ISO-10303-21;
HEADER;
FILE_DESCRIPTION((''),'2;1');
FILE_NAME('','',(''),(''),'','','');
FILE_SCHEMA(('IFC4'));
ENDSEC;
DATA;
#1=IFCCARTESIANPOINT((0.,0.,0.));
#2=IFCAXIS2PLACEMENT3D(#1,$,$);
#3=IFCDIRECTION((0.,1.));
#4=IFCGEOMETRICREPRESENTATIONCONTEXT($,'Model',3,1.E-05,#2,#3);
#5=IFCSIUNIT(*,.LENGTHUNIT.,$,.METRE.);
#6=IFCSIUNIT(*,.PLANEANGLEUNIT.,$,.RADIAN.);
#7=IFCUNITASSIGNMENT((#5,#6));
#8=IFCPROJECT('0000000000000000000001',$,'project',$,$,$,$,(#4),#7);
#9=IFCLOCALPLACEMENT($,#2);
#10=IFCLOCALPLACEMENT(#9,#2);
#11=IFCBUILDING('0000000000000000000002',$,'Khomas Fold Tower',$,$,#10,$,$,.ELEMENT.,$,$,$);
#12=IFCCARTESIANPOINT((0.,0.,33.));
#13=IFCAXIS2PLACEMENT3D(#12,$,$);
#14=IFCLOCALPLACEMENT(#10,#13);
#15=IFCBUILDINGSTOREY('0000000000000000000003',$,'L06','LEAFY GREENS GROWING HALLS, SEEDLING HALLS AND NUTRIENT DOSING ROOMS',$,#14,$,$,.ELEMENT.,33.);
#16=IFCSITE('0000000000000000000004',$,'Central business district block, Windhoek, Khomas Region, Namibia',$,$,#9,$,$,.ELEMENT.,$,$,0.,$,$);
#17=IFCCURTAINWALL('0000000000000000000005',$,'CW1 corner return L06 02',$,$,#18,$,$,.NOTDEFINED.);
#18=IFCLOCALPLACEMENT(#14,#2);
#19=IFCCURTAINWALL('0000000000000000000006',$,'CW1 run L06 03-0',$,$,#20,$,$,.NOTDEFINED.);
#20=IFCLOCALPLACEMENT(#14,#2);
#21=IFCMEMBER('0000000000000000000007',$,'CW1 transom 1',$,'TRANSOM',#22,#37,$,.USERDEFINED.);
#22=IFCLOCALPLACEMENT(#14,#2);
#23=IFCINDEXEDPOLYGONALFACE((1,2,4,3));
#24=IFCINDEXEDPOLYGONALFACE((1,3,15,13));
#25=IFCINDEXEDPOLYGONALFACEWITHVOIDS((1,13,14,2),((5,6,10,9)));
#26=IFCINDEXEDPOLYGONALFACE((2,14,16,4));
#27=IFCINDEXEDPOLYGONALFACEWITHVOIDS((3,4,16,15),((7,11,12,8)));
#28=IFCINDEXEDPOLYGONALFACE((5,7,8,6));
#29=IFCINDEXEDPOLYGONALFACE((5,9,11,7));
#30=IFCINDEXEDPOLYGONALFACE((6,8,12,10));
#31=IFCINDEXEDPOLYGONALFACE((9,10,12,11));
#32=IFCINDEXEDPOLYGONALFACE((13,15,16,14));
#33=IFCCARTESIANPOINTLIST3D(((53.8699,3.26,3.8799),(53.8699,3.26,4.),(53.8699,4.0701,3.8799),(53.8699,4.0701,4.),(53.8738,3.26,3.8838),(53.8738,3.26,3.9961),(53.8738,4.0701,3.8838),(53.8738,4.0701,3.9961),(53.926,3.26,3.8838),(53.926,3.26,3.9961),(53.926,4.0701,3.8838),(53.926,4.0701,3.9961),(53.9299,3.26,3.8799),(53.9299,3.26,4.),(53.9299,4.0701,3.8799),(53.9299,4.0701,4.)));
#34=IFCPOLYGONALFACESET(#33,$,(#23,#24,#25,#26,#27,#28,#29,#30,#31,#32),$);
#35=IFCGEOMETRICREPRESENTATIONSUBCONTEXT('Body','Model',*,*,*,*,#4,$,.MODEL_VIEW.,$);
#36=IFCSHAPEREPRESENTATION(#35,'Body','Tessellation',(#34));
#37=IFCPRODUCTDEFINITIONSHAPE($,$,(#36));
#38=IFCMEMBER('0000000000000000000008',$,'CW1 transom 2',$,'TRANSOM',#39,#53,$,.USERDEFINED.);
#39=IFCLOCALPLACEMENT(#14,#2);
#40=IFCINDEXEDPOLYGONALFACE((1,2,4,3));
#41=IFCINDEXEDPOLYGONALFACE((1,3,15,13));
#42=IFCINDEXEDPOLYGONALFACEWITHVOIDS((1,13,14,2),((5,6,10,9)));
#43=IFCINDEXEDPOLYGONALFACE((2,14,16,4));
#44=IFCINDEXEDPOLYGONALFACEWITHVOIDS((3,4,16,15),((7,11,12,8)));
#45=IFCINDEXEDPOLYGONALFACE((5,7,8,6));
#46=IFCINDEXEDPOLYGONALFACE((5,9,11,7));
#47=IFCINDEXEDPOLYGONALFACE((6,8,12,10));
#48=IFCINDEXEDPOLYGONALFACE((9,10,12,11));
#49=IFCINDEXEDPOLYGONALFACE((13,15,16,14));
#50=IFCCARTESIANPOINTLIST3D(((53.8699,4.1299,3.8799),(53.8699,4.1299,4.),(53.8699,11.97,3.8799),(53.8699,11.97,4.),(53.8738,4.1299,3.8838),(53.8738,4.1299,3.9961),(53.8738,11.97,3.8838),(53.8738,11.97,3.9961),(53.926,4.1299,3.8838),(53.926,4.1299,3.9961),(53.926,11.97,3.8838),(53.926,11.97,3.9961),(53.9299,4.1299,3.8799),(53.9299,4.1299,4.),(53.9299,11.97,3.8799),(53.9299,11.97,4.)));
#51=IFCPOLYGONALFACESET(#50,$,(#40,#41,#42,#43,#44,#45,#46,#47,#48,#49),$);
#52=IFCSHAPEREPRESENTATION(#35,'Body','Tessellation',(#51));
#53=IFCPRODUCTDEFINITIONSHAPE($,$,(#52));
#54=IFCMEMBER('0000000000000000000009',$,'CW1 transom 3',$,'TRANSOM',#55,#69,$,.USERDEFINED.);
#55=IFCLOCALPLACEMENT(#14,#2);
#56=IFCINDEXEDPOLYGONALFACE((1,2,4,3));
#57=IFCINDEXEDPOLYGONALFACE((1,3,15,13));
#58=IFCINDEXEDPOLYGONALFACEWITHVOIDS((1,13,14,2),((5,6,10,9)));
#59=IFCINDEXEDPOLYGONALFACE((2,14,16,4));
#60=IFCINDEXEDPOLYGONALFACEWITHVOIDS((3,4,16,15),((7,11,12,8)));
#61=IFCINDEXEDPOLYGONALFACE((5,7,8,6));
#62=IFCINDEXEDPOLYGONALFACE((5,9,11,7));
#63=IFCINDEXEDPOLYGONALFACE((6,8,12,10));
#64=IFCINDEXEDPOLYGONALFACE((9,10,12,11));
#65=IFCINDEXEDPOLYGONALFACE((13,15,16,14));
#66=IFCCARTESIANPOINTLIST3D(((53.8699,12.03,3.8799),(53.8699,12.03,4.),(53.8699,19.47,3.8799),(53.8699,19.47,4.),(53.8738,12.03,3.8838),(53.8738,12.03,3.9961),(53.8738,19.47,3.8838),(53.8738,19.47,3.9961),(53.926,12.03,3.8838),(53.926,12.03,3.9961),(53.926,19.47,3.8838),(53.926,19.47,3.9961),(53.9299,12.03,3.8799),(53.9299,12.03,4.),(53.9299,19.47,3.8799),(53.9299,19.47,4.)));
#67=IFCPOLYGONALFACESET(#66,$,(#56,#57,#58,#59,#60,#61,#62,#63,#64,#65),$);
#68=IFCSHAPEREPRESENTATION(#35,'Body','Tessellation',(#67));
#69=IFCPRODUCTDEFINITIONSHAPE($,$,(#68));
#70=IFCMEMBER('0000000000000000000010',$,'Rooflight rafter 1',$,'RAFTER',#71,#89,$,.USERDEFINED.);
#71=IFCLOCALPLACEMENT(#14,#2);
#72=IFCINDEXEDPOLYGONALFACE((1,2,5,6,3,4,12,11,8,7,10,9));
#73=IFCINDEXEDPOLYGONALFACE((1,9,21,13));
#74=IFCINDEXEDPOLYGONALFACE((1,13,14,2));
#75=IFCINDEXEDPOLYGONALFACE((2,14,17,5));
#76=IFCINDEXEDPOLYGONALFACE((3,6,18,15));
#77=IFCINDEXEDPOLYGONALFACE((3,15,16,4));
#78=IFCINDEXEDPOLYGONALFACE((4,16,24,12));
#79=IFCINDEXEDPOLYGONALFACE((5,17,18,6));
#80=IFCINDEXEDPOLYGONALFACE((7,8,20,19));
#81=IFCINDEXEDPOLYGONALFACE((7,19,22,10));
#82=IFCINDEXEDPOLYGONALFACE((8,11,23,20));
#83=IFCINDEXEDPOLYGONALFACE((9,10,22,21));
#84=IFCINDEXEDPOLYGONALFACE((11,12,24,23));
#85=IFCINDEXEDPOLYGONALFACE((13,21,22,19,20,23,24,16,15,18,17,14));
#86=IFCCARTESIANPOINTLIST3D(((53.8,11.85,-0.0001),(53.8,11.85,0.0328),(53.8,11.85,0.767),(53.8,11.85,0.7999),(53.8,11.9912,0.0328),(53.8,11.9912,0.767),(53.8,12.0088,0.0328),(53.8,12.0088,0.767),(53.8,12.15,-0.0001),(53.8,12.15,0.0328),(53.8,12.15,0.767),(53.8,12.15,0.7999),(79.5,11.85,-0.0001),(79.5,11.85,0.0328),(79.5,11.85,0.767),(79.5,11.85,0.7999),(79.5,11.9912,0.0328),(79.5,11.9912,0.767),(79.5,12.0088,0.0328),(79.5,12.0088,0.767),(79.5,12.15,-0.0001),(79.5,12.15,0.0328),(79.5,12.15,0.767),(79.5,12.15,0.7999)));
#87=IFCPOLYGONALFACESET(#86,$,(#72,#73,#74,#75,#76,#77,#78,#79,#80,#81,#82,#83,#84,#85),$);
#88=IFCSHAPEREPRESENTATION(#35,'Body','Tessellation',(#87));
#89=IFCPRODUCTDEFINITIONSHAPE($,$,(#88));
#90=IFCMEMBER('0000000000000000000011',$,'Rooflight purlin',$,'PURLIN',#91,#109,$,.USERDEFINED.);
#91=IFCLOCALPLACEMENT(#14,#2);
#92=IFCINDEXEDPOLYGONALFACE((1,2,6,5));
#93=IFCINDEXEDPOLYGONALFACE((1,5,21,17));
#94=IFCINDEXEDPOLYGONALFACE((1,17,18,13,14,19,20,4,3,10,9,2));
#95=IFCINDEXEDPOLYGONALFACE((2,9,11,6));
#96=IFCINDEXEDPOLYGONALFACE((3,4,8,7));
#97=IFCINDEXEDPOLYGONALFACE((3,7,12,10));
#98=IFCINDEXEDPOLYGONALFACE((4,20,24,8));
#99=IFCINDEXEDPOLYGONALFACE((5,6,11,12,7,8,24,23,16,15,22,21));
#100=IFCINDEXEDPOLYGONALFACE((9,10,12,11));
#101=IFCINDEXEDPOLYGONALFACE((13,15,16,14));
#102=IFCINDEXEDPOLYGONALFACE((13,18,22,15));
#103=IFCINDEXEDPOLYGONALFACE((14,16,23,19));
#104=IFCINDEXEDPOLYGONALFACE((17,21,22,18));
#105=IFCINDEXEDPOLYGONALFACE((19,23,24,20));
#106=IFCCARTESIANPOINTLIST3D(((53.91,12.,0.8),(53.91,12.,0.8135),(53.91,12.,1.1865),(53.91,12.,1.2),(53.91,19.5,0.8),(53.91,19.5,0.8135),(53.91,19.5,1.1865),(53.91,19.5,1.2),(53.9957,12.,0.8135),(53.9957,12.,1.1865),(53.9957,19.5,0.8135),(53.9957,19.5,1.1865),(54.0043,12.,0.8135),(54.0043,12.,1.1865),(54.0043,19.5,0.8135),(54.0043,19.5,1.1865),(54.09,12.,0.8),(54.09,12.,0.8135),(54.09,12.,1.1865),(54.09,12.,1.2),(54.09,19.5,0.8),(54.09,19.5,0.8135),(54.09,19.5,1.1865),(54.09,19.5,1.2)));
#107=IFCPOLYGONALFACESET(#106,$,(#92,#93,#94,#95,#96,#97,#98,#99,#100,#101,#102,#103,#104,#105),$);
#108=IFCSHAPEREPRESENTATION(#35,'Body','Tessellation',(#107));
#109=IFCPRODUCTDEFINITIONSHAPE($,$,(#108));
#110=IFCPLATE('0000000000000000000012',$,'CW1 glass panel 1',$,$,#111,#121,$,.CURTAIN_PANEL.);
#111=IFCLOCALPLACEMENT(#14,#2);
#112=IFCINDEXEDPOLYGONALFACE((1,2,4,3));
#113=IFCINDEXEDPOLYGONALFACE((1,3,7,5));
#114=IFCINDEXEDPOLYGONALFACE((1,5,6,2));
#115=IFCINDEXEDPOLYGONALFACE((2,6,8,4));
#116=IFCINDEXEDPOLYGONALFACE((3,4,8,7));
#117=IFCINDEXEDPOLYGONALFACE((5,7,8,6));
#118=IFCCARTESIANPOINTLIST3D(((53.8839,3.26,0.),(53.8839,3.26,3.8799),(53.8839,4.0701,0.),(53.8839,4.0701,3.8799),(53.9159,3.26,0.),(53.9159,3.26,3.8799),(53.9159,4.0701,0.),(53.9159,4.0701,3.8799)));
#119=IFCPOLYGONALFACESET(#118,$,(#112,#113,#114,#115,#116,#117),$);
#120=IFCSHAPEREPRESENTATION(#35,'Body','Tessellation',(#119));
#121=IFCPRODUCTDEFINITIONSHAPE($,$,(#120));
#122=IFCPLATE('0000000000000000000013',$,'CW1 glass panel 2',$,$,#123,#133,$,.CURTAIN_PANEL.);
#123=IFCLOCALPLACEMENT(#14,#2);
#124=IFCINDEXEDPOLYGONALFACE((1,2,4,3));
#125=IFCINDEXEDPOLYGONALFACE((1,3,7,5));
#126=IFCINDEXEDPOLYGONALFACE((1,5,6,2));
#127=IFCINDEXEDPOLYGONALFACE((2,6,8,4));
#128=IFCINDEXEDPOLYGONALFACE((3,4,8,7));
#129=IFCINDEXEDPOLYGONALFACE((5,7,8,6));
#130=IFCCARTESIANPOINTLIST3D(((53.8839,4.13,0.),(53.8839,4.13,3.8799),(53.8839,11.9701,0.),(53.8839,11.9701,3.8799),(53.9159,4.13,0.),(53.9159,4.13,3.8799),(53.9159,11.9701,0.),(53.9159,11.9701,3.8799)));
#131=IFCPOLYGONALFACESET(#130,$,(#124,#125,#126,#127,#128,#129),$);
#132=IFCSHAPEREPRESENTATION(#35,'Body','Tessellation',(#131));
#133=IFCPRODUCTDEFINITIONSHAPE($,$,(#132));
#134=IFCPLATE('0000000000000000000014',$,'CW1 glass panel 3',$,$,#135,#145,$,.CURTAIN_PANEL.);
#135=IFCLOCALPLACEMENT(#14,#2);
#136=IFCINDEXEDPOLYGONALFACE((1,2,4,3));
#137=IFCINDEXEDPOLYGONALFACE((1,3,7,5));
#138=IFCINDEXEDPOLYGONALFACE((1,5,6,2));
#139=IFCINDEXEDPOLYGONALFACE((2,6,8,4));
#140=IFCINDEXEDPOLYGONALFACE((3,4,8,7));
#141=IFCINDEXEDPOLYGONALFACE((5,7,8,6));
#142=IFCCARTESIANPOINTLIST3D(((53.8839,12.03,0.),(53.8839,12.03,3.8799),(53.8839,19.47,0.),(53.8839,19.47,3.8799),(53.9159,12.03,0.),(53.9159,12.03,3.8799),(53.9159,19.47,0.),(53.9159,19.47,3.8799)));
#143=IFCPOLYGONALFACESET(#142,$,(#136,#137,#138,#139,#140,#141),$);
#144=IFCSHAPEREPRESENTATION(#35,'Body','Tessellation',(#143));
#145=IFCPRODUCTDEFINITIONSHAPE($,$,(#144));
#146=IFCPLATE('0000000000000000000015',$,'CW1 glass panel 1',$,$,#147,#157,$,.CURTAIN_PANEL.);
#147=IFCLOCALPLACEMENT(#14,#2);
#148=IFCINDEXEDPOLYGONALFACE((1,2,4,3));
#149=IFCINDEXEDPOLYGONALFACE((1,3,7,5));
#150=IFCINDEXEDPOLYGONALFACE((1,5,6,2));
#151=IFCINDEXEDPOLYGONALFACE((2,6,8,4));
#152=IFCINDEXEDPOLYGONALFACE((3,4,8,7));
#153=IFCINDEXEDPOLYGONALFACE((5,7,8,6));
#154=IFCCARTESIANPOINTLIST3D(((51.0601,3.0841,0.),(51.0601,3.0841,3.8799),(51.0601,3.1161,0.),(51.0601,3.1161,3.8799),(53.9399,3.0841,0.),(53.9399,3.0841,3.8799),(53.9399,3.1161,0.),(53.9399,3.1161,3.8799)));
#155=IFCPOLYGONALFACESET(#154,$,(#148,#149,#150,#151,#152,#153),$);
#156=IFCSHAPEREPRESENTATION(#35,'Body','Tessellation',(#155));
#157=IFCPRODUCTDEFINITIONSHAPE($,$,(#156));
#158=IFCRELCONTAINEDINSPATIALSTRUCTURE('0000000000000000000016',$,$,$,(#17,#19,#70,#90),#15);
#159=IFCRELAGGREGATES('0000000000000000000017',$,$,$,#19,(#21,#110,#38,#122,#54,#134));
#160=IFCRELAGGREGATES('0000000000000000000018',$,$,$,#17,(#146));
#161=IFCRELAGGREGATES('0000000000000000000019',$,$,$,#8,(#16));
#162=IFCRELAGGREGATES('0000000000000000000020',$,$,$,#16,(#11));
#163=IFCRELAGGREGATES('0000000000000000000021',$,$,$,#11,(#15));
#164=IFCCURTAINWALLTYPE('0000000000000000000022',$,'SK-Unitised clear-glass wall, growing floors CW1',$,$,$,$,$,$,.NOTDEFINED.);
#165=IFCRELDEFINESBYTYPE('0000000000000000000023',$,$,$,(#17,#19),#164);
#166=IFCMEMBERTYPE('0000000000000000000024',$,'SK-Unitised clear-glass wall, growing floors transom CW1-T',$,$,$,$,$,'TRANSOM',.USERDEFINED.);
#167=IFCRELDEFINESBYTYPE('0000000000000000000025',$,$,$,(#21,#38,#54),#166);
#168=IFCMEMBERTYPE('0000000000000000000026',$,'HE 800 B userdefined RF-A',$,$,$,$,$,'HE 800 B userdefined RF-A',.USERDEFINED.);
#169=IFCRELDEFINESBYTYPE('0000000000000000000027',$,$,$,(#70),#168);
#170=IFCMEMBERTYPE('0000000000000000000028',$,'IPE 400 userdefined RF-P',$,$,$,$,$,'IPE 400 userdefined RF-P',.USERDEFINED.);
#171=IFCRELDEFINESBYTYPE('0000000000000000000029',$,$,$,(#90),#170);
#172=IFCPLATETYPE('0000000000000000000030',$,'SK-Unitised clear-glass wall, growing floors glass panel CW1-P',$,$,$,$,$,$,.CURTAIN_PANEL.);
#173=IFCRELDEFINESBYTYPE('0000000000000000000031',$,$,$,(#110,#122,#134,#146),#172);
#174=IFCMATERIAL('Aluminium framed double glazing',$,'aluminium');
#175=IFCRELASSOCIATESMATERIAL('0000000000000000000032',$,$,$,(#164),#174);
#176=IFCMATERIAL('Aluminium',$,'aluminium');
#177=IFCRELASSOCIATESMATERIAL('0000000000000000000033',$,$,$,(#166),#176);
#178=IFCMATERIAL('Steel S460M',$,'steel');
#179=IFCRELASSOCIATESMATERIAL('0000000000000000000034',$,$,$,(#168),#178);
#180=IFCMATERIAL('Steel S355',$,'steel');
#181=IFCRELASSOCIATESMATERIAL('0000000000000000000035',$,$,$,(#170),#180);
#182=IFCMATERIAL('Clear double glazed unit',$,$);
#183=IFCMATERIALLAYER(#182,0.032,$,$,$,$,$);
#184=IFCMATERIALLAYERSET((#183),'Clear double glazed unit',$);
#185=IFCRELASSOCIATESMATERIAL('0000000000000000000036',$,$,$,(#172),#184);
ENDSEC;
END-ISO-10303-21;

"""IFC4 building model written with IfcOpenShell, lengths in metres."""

from ifc_helpers import new_model, si_unit, direction, frame, origin, origin_2d, place, context, subcontext, project, spatial, rectangle, hollow_rectangle, i_section, extrude, source, transform, mapped, material, layer, layer_set, material_profile, profile_set, type_object, element, aggregate, save


model = new_model("IFC4")

# Units and contexts
model_context = context("Model", 3, precision=1e-05, world=origin(), true_north=direction((0.0, 1.0)))
body_context = subcontext(model_context, "Body", "Model", "MODEL_VIEW")
ifc_project = project(units=[si_unit("LENGTHUNIT", "METRE"), si_unit("PLANEANGLEUNIT", "RADIAN")], contexts=[model_context])

# Site, building, storey
site_placement = place(None, origin())
site = spatial("IfcSite", under=ifc_project, at=site_placement, Name="Central business district block, Windhoek, Khomas Region, Namibia", CompositionType="ELEMENT", RefElevation=0.0)
building_placement = place(site_placement, origin())
building = spatial("IfcBuilding", under=site, at=building_placement, Name="Khomas Fold Tower", CompositionType="ELEMENT")
storey_placement = place(building_placement, frame((0.0, 0.0, 33.0)))
storey = spatial("IfcBuildingStorey", under=building, at=storey_placement, Name="L06", Description="LEAFY GREENS GROWING HALLS, SEEDLING HALLS AND NUTRIENT DOSING ROOMS", CompositionType="ELEMENT", Elevation=33.0)

# Curtain wall
ifc_material_1 = material(Name="Aluminium framed double glazing", Category="aluminium")
curtain_wall_type = type_object("IfcCurtainWallType", Name="SK-Unitised clear-glass wall, growing floors CW1", PredefinedType="NOTDEFINED", material=ifc_material_1)
curtain_wall_1_placement = place(storey_placement, origin())
curtain_wall_1 = element("IfcCurtainWall", 1, at=curtain_wall_1_placement, inside=storey, type_object=curtain_wall_type, Name="CW1 corner return L06 02", PredefinedType="NOTDEFINED")

# Curtain wall, members
curtain_wall_2_placement = place(storey_placement, origin())
curtain_wall_2 = element("IfcCurtainWall", 2, at=curtain_wall_2_placement, inside=storey, type_object=curtain_wall_type, Name="CW1 run L06 03-0", PredefinedType="NOTDEFINED")
ifc_material_2 = material(Name="Aluminium", Category="aluminium")
ifc_material_profile_1 = material_profile(ifc_material_2, hollow_rectangle(XDim=0.0601, YDim=0.1201, WallThickness=0.0039, at=origin_2d()), Name="SK-Unitised clear-glass wall, growing floors transom CW1-T")
ifc_profile_set_1 = profile_set([ifc_material_profile_1], Name="Aluminium")
member_type_1 = type_object("IfcMemberType", Name="SK-Unitised clear-glass wall, growing floors transom CW1-T", ElementType="TRANSOM", PredefinedType="USERDEFINED", material=ifc_profile_set_1)
shared_shape_1 = source(origin(), body_context, "Body", "SweptSolid", [
    extrude(hollow_rectangle(XDim=0.0601, YDim=0.1201, WallThickness=0.0039, at=origin_2d()), origin(), (0.0, 0.0, 1.0), 0.8101),
])
member_1_placement = place(storey_placement, frame((53.8999, 3.26, 3.9399), z_axis=(0.0, 1.0, 0.0), x_axis=(-1.0, 0.0, 0.0)))
member_1 = element("IfcMember", 3, at=member_1_placement, type_object=member_type_1, Name="CW1 transom 1", ObjectType="TRANSOM", PredefinedType="USERDEFINED", context=body_context, shape_type="MappedRepresentation", body=[
    mapped(shared_shape_1, transform((0.0, 0.0, 0.0))),
])
shared_shape_2 = source(origin(), body_context, "Body", "SweptSolid", [
    extrude(hollow_rectangle(XDim=0.0601, YDim=0.1201, WallThickness=0.0039, at=origin_2d()), origin(), (0.0, 0.0, 1.0), 7.8401),
])
member_2_placement = place(storey_placement, frame((53.8999, 4.1299, 3.9399), z_axis=(0.0, 1.0, 0.0), x_axis=(-1.0, 0.0, 0.0)))
member_2 = element("IfcMember", 4, at=member_2_placement, type_object=member_type_1, Name="CW1 transom 2", ObjectType="TRANSOM", PredefinedType="USERDEFINED", context=body_context, shape_type="MappedRepresentation", body=[
    mapped(shared_shape_2, transform((0.0, 0.0, 0.0))),
])
shared_shape_3 = source(origin(), body_context, "Body", "SweptSolid", [
    extrude(hollow_rectangle(XDim=0.0601, YDim=0.1201, WallThickness=0.0039, at=origin_2d()), origin(), (0.0, 0.0, 1.0), 7.4399),
])
member_3_placement = place(storey_placement, frame((53.8999, 12.03, 3.9399), z_axis=(0.0, 1.0, 0.0), x_axis=(-1.0, 0.0, 0.0)))
member_3 = element("IfcMember", 5, at=member_3_placement, type_object=member_type_1, Name="CW1 transom 3", ObjectType="TRANSOM", PredefinedType="USERDEFINED", context=body_context, shape_type="MappedRepresentation", body=[
    mapped(shared_shape_3, transform((0.0, 0.0, 0.0))),
])

# Members
ifc_material_3 = material(Name="Steel S460M", Category="steel")
ifc_material_profile_2 = material_profile(ifc_material_3, i_section(OverallWidth=0.3, OverallDepth=0.8, WebThickness=0.0176, FlangeThickness=0.033, at=origin_2d()), Name="HE 800 B")
ifc_profile_set_2 = profile_set([ifc_material_profile_2], Name="Steel S460M")
member_type_2 = type_object("IfcMemberType", Name="HE 800 B userdefined RF-A", ElementType="HE 800 B userdefined RF-A", PredefinedType="USERDEFINED", material=ifc_profile_set_2)
shared_shape_4 = source(origin(), body_context, "Body", "SweptSolid", [
    extrude(i_section(OverallWidth=0.3, OverallDepth=0.8, WebThickness=0.0176, FlangeThickness=0.033, at=origin_2d()), origin(), (0.0, 0.0, 1.0), 25.7),
])
member_4_placement = place(storey_placement, frame((53.8, 12.0, 0.3999), z_axis=(1.0, 0.0, 0.0), x_axis=(0.0, 1.0, 0.0)))
element("IfcMember", 6, at=member_4_placement, inside=storey, type_object=member_type_2, Name="Rooflight rafter 1", ObjectType="RAFTER", PredefinedType="USERDEFINED", context=body_context, shape_type="MappedRepresentation", body=[
    mapped(shared_shape_4, transform((0.0, 0.0, 0.0))),
])
ifc_material_4 = material(Name="Steel S355", Category="steel")
ifc_material_profile_3 = material_profile(ifc_material_4, i_section(OverallWidth=0.1799, OverallDepth=0.3999, WebThickness=0.0085, FlangeThickness=0.0134, at=origin_2d()), Name="IPE 400")
ifc_profile_set_3 = profile_set([ifc_material_profile_3], Name="Steel S355")
member_type_3 = type_object("IfcMemberType", Name="IPE 400 userdefined RF-P", ElementType="IPE 400 userdefined RF-P", PredefinedType="USERDEFINED", material=ifc_profile_set_3)
shared_shape_5 = source(origin(), body_context, "Body", "SweptSolid", [
    extrude(i_section(OverallWidth=0.1799, OverallDepth=0.3999, WebThickness=0.0085, FlangeThickness=0.0134, at=origin_2d()), origin(), (0.0, 0.0, 1.0), 7.5),
])
member_5_placement = place(storey_placement, frame((54.0, 12.0, 1.0), z_axis=(0.0, 1.0, 0.0), x_axis=(-1.0, 0.0, 0.0)))
element("IfcMember", 7, at=member_5_placement, inside=storey, type_object=member_type_3, Name="Rooflight purlin", ObjectType="PURLIN", PredefinedType="USERDEFINED", context=body_context, shape_type="MappedRepresentation", body=[
    mapped(shared_shape_5, transform((0.0, 0.0, 0.0))),
])

# Plates
ifc_material_5 = material(Name="Clear double glazed unit")
ifc_layer = layer(ifc_material_5, 0.032)
ifc_layer_set = layer_set([ifc_layer], Name="Clear double glazed unit")
plate_type = type_object("IfcPlateType", Name="SK-Unitised clear-glass wall, growing floors glass panel CW1-P", PredefinedType="CURTAIN_PANEL", material=ifc_layer_set)
shared_shape_6 = source(origin(), body_context, "Body", "SweptSolid", [
    extrude(rectangle(XDim=0.8101, YDim=0.032, at=origin_2d()), origin(), (0.0, 0.0, 1.0), 3.8799),
])
plate_1_placement = place(storey_placement, frame((53.8999, 3.665, 0.0), z_axis=(0.0, 0.0, 1.0), x_axis=(0.0, 1.0, 0.0)))
plate_1 = element("IfcPlate", 8, at=plate_1_placement, type_object=plate_type, Name="CW1 glass panel 1", PredefinedType="CURTAIN_PANEL", context=body_context, shape_type="MappedRepresentation", body=[
    mapped(shared_shape_6, transform((0.0, 0.0, 0.0))),
])
shared_shape_7 = source(origin(), body_context, "Body", "SweptSolid", [
    extrude(rectangle(XDim=7.8401, YDim=0.032, at=origin_2d()), origin(), (0.0, 0.0, 1.0), 3.8799),
])
plate_2_placement = place(storey_placement, frame((53.8999, 8.05, 0.0), z_axis=(0.0, 0.0, 1.0), x_axis=(0.0, 1.0, 0.0)))
plate_2 = element("IfcPlate", 9, at=plate_2_placement, type_object=plate_type, Name="CW1 glass panel 2", PredefinedType="CURTAIN_PANEL", context=body_context, shape_type="MappedRepresentation", body=[
    mapped(shared_shape_7, transform((0.0, 0.0, 0.0))),
])
shared_shape_8 = source(origin(), body_context, "Body", "SweptSolid", [
    extrude(rectangle(XDim=7.4399, YDim=0.032, at=origin_2d()), origin(), (0.0, 0.0, 1.0), 3.8799),
])
plate_3_placement = place(storey_placement, frame((53.8999, 15.75, 0.0), z_axis=(0.0, 0.0, 1.0), x_axis=(0.0, 1.0, 0.0)))
plate_3 = element("IfcPlate", 10, at=plate_3_placement, type_object=plate_type, Name="CW1 glass panel 3", PredefinedType="CURTAIN_PANEL", context=body_context, shape_type="MappedRepresentation", body=[
    mapped(shared_shape_8, transform((0.0, 0.0, 0.0))),
])
aggregate(curtain_wall_2, [member_1, plate_1, member_2, plate_2, member_3, plate_3])
shared_shape_9 = source(origin(), body_context, "Body", "SweptSolid", [
    extrude(rectangle(XDim=2.8799, YDim=0.032, at=origin_2d()), origin(), (0.0, 0.0, 1.0), 3.8799),
])
plate_4_placement = place(storey_placement, frame((52.5, 3.1001, 0.0), z_axis=(0.0, 0.0, 1.0), x_axis=(1.0, 0.0, 0.0)))
plate_4 = element("IfcPlate", 11, at=plate_4_placement, type_object=plate_type, Name="CW1 glass panel 1", PredefinedType="CURTAIN_PANEL", context=body_context, shape_type="MappedRepresentation", body=[
    mapped(shared_shape_9, transform((0.0, 0.0, 0.0))),
])
aggregate(curtain_wall_1, [plate_4])

save(model, "model.ifc")
